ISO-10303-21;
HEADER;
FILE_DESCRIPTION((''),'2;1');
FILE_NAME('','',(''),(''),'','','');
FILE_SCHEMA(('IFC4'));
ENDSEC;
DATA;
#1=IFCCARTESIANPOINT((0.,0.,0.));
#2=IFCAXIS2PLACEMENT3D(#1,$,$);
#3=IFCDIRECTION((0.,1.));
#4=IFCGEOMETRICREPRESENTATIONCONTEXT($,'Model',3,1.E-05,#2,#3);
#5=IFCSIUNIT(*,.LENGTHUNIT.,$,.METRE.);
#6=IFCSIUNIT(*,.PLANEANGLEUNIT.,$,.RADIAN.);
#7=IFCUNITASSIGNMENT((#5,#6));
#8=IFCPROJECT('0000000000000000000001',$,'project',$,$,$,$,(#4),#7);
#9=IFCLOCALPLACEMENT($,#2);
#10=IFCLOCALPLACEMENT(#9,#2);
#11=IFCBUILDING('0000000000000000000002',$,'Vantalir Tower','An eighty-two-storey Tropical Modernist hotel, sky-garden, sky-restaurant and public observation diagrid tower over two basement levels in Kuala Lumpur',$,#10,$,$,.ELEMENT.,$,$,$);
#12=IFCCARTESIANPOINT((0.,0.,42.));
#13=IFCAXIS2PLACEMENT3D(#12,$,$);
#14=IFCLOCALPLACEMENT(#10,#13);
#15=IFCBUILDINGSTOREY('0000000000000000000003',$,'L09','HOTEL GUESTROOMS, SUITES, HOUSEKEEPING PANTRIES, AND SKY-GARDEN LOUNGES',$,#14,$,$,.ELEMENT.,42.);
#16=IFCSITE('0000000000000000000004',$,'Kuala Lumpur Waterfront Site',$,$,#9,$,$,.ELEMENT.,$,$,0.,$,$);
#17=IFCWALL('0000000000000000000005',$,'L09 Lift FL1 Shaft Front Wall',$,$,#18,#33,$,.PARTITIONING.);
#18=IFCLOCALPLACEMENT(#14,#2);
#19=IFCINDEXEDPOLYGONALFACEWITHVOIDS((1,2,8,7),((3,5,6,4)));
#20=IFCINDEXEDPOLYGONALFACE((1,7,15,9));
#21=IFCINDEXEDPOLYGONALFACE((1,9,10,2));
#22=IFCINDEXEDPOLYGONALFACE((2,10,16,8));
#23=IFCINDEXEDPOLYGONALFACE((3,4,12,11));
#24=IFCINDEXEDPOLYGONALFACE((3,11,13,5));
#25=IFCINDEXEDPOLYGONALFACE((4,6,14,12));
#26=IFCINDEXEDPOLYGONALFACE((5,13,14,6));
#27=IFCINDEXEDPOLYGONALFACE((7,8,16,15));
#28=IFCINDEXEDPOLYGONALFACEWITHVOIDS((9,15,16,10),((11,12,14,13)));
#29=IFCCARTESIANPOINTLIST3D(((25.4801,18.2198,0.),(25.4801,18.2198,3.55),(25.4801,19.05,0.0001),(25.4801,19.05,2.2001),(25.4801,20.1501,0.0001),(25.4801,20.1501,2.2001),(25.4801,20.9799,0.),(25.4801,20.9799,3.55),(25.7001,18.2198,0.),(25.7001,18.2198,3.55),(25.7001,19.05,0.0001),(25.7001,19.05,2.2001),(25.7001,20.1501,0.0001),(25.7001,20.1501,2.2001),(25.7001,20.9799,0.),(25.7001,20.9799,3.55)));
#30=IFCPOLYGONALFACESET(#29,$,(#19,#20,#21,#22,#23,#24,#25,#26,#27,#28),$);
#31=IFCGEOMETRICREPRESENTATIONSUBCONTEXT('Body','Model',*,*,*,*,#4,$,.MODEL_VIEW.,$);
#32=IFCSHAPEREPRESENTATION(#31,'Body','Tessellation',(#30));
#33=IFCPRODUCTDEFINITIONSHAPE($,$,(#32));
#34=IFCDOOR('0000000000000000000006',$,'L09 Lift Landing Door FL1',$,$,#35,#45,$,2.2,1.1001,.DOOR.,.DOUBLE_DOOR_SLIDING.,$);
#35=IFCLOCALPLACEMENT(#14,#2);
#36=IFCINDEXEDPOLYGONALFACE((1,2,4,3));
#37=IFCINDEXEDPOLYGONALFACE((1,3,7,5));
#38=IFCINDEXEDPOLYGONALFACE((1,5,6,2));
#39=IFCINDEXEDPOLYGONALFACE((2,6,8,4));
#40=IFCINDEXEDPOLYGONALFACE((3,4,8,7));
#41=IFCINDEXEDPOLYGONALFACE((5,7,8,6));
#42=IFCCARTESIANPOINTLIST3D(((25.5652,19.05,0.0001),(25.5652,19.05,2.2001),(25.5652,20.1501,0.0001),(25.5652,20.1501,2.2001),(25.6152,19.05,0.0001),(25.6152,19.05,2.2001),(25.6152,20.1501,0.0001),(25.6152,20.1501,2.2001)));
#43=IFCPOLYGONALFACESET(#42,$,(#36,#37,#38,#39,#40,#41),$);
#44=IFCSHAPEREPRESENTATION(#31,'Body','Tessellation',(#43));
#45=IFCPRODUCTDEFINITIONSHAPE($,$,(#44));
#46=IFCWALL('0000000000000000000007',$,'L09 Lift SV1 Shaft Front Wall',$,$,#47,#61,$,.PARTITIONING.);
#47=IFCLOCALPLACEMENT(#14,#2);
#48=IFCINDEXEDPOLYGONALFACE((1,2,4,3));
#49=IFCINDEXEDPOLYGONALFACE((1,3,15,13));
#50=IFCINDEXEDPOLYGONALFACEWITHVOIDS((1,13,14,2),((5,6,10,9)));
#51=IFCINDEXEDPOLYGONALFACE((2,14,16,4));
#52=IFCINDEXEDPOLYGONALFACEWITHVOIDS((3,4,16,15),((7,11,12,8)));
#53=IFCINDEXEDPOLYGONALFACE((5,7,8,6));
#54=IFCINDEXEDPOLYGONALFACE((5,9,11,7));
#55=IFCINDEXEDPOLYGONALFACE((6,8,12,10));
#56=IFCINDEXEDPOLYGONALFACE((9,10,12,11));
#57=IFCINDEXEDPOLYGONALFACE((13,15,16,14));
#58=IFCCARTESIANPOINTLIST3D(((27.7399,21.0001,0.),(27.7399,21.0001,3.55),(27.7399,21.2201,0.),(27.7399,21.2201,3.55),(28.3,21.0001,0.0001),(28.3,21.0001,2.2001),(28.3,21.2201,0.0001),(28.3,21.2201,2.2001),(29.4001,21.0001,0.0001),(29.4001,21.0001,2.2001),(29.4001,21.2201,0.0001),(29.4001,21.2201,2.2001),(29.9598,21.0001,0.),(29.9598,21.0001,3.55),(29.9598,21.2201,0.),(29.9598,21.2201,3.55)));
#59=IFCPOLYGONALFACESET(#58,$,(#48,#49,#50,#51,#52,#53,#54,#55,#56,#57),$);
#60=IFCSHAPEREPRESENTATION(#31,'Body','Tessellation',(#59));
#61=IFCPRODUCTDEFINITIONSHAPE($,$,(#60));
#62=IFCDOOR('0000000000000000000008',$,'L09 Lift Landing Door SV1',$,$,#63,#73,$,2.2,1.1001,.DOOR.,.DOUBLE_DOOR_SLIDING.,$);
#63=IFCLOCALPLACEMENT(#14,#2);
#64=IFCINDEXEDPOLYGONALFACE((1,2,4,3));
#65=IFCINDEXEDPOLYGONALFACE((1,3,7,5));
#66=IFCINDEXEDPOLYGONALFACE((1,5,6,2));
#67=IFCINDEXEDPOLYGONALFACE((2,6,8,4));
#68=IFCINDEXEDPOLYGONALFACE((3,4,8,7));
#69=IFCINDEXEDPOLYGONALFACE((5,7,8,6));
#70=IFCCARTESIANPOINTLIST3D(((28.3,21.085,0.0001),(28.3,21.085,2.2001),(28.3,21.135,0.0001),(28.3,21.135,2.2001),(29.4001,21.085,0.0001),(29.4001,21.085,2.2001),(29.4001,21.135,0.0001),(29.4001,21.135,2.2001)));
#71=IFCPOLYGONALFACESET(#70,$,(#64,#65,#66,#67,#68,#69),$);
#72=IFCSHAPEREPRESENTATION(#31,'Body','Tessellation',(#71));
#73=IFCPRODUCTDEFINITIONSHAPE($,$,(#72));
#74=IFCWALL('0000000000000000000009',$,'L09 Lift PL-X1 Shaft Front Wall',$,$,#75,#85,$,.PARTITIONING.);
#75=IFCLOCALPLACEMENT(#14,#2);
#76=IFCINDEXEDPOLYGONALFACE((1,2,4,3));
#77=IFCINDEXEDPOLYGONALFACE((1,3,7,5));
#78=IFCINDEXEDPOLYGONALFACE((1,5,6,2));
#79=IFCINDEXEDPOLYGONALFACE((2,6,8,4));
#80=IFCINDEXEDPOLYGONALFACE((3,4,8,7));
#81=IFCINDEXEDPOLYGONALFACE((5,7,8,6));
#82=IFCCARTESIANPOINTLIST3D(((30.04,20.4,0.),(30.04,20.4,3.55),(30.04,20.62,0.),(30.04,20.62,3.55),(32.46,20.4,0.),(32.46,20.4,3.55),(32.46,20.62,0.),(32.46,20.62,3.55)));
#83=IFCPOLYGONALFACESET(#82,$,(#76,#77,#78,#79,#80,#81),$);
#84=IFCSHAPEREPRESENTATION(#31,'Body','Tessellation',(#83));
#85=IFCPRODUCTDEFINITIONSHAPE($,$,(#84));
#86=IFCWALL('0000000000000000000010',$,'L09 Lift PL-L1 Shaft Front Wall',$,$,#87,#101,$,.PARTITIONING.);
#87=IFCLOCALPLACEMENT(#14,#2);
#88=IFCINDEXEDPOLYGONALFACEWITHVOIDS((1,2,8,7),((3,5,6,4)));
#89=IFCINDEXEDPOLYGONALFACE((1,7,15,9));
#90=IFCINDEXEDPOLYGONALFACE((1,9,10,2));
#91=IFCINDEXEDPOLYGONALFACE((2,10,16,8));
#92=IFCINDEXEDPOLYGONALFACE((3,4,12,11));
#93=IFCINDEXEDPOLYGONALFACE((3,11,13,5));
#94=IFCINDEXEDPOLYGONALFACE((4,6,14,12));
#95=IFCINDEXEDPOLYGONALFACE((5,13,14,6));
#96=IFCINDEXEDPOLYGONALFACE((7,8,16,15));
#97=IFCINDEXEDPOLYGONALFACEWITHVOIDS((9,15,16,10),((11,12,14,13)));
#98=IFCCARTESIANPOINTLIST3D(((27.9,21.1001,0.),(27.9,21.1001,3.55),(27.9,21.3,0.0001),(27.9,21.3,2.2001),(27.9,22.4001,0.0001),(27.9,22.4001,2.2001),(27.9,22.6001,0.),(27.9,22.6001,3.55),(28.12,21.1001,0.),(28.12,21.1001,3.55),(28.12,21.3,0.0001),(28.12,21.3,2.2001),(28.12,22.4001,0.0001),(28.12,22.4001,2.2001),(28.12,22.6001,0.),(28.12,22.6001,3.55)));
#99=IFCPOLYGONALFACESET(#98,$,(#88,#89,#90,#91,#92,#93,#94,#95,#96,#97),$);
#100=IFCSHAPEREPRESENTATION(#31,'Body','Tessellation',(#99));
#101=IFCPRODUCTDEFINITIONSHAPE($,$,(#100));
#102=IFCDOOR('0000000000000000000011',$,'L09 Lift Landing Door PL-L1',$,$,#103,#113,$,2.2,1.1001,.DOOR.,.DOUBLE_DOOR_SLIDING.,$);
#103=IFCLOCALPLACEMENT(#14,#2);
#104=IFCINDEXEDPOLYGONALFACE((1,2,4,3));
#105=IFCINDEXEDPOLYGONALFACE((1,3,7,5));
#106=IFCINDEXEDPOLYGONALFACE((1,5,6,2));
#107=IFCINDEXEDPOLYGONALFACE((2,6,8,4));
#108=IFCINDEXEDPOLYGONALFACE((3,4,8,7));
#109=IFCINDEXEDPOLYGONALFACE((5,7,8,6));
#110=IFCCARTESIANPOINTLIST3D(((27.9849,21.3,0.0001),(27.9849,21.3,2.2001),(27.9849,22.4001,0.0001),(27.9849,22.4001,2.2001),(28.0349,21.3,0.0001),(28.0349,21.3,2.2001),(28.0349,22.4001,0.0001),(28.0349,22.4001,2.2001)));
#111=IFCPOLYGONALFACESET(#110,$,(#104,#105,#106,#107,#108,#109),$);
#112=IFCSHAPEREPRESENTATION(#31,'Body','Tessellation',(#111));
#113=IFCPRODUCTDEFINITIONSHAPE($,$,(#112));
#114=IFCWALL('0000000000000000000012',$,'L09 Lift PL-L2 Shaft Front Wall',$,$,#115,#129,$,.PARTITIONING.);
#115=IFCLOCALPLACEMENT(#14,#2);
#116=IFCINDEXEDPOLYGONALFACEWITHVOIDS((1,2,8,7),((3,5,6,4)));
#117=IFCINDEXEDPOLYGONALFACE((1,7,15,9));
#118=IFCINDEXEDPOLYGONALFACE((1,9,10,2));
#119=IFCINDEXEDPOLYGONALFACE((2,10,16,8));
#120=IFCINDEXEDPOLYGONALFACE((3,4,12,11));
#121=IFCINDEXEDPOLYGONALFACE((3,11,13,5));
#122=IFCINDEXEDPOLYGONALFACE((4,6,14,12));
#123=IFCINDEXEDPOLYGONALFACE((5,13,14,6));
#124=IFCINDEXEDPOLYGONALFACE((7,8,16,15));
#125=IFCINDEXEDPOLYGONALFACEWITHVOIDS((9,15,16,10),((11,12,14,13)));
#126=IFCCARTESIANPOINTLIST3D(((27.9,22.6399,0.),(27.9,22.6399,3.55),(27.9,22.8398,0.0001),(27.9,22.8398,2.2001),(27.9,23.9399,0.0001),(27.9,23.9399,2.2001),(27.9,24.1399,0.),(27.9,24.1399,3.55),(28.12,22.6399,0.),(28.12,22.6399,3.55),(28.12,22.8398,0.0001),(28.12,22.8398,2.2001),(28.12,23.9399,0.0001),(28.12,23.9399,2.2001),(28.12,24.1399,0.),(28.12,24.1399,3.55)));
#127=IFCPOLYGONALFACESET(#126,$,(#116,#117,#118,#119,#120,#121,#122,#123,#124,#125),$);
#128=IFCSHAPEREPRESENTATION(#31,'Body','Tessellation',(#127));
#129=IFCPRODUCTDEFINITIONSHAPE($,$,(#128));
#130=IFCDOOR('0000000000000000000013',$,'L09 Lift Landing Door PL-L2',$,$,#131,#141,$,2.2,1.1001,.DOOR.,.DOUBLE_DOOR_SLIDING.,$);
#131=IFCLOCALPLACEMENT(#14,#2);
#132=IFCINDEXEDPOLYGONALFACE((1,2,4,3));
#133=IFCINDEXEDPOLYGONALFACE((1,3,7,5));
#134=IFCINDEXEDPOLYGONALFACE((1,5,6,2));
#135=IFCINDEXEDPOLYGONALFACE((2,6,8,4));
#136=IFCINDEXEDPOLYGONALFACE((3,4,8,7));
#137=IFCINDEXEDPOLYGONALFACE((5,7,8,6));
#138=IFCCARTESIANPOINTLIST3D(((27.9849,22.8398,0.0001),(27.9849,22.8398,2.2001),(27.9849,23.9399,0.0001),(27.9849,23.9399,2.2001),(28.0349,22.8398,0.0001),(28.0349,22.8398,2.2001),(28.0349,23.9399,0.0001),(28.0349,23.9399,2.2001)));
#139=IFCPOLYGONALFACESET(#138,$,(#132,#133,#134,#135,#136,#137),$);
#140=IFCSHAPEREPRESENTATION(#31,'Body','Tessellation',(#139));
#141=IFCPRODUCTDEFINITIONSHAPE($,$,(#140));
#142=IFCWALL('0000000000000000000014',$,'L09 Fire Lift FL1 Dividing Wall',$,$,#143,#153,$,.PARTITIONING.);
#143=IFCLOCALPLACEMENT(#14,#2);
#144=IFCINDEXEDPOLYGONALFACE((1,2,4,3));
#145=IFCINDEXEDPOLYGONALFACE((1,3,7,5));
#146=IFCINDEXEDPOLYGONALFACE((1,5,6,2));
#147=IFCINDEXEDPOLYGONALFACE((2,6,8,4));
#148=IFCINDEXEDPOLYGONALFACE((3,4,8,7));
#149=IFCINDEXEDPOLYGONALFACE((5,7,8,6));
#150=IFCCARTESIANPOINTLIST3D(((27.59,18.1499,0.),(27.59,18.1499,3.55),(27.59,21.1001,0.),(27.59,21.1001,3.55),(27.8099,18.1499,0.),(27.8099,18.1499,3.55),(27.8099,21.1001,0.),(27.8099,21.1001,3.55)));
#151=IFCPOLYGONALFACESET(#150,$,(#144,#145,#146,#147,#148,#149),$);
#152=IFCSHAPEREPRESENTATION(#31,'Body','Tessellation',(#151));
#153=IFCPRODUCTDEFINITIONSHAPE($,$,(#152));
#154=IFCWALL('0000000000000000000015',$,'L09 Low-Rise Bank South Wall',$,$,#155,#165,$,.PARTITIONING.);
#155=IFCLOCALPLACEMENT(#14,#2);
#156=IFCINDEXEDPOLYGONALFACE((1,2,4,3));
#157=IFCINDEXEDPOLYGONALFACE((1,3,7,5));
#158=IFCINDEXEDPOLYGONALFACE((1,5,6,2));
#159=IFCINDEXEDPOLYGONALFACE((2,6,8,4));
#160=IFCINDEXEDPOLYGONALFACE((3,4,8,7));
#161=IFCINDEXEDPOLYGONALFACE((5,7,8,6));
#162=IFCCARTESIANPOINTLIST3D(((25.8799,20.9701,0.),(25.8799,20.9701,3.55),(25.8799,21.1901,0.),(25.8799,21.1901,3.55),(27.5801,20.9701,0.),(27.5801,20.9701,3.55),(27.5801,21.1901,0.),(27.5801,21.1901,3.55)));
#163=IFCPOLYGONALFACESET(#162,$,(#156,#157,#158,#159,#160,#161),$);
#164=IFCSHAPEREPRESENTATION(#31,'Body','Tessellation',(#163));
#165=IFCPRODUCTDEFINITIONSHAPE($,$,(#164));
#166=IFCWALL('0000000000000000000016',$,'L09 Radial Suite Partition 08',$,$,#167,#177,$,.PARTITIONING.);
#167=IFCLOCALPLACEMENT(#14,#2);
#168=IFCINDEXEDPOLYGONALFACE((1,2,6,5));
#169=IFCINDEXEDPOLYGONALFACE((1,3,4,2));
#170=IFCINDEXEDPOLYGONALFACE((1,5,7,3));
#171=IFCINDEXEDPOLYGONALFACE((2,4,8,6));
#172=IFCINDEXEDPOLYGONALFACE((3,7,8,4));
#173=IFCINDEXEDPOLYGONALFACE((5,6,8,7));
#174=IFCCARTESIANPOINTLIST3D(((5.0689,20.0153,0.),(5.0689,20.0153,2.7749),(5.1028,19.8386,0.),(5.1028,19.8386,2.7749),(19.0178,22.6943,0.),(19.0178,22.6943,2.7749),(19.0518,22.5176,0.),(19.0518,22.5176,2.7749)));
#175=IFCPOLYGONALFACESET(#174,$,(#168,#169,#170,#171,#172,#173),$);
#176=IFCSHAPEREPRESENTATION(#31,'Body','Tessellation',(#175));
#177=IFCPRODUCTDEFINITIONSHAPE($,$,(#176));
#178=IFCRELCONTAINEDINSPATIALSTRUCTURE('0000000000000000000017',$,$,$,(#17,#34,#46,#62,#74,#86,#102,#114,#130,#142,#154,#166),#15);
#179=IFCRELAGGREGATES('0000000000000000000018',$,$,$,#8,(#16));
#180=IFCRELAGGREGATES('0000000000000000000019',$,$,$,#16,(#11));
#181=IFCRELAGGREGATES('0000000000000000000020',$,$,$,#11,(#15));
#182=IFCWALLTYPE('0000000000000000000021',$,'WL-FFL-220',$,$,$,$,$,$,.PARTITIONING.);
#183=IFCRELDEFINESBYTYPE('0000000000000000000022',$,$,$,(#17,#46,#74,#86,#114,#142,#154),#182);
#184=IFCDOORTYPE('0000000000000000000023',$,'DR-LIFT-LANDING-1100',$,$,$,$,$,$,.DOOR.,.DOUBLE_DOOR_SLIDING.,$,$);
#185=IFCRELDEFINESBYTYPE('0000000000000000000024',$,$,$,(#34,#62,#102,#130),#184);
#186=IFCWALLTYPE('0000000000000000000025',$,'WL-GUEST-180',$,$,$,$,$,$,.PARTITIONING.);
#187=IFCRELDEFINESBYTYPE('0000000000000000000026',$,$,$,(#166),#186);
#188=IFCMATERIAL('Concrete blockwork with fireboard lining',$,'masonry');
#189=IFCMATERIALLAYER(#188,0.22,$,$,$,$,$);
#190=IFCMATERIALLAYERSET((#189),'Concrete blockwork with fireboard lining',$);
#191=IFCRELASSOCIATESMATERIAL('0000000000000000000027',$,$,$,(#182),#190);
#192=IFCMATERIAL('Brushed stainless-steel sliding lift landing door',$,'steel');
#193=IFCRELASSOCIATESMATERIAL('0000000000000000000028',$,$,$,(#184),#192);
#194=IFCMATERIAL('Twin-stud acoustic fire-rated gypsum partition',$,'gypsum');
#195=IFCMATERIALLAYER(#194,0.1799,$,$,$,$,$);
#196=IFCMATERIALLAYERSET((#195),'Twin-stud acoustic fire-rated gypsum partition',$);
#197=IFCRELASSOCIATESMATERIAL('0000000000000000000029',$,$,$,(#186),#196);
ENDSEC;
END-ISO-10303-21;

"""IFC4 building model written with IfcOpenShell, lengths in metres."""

from ifc_helpers import new_model, si_unit, direction, frame, frame_2d, origin, place, context, subcontext, project, spatial, rectangle, extrude, material, layer, layer_set, type_object, element, fill, save


model = new_model("IFC4")

# Units and contexts
model_context = context("Model", 3, precision=1e-05, world=origin(), true_north=direction((0.0, 1.0)))
body_context = subcontext(model_context, "Body", "Model", "MODEL_VIEW")
ifc_project = project(units=[si_unit("LENGTHUNIT", "METRE"), si_unit("PLANEANGLEUNIT", "RADIAN")], contexts=[model_context])

# Site, building, storey
site_placement = place(None, origin())
site = spatial("IfcSite", under=ifc_project, at=site_placement, Name="Kuala Lumpur Waterfront Site", CompositionType="ELEMENT", RefElevation=0.0)
building_placement = place(site_placement, origin())
building = spatial("IfcBuilding", under=site, at=building_placement, Name="Vantalir Tower", Description="An eighty-two-storey Tropical Modernist hotel, sky-garden, sky-restaurant and public observation diagrid tower over two basement levels in Kuala Lumpur", CompositionType="ELEMENT")
storey_placement = place(building_placement, frame((0.0, 0.0, 42.0)))
storey = spatial("IfcBuildingStorey", under=building, at=storey_placement, Name="L09", Description="HOTEL GUESTROOMS, SUITES, HOUSEKEEPING PANTRIES, AND SKY-GARDEN LOUNGES", CompositionType="ELEMENT", Elevation=42.0)

# Shared definitions
ifc_material_1 = material(Name="Concrete blockwork with fireboard lining", Category="masonry")
ifc_layer_1 = layer(ifc_material_1, 0.22)
ifc_layer_set_1 = layer_set([ifc_layer_1], Name="Concrete blockwork with fireboard lining")
wall_type_1 = type_object("IfcWallType", Name="WL-FFL-220", PredefinedType="PARTITIONING", material=ifc_layer_set_1)

# Walls, openings, doors
wall_1_placement = place(storey_placement, frame((25.5901, 18.22, 0.0), z_axis=(0.0, 0.0, 1.0), x_axis=(0.0, 1.0, 0.0)))
wall_1 = element("IfcWall", 1, at=wall_1_placement, inside=storey, type_object=wall_type_1, Name="L09 Lift FL1 Shaft Front Wall", PredefinedType="PARTITIONING", context=body_context, shape_type="SweptSolid", body=[
    extrude(rectangle(XDim=2.76, YDim=0.22, at=frame_2d((1.3799, 0.0))), origin(), (0.0, 0.0, 1.0), 3.55),
])
opening_1_placement = place(wall_1_placement, frame((0.8301, 0.0, 0.0)))
opening_1 = element("IfcOpeningElement", 2, at=opening_1_placement, cuts=wall_1, PredefinedType="OPENING", context=body_context, shape_type="SweptSolid", body=[
    extrude(rectangle(XDim=1.1001, YDim=2.2, at=frame_2d((0.55, 1.1001))), frame((0.0, 0.1199, 0.0), z_axis=(0.0, -1.0, 0.0), x_axis=(1.0, 0.0, 0.0)), (0.0, 0.0, 1.0), 0.24),
])
ifc_material_2 = material(Name="Brushed stainless-steel sliding lift landing door", Category="steel")
door_type_1 = type_object("IfcDoorType", Name="DR-LIFT-LANDING-1100", OperationType="DOUBLE_DOOR_SLIDING", PredefinedType="DOOR", material=ifc_material_2)
door_1_placement = place(opening_1_placement, origin())
door_1 = element("IfcDoor", 3, at=door_1_placement, inside=storey, type_object=door_type_1, Name="L09 Lift Landing Door FL1", OperationType="DOUBLE_DOOR_SLIDING", OverallHeight=2.2, OverallWidth=1.1001, PredefinedType="DOOR", context=body_context, shape_type="SweptSolid", body=[
    extrude(rectangle(XDim=1.1001, YDim=2.2, at=frame_2d((0.55, 1.1001))), frame((0.0, 0.0249, 0.0), z_axis=(0.0, -1.0, 0.0), x_axis=(1.0, 0.0, 0.0)), (0.0, 0.0, 1.0), 0.05),
])
fill(opening_1, door_1)
wall_2_placement = place(storey_placement, frame((27.74, 21.1101, 0.0), z_axis=(0.0, 0.0, 1.0), x_axis=(1.0, 0.0, 0.0)))
wall_2 = element("IfcWall", 4, at=wall_2_placement, inside=storey, type_object=wall_type_1, Name="L09 Lift SV1 Shaft Front Wall", PredefinedType="PARTITIONING", context=body_context, shape_type="SweptSolid", body=[
    extrude(rectangle(XDim=2.22, YDim=0.22, at=frame_2d((1.1099, 0.0))), origin(), (0.0, 0.0, 1.0), 3.55),
])
opening_2_placement = place(wall_2_placement, frame((0.5601, 0.0, 0.0)))
opening_2 = element("IfcOpeningElement", 5, at=opening_2_placement, cuts=wall_2, PredefinedType="OPENING", context=body_context, shape_type="SweptSolid", body=[
    extrude(rectangle(XDim=1.1001, YDim=2.2, at=frame_2d((0.55, 1.1001))), frame((0.0, 0.1199, 0.0), z_axis=(0.0, -1.0, 0.0), x_axis=(1.0, 0.0, 0.0)), (0.0, 0.0, 1.0), 0.24),
])
door_2_placement = place(opening_2_placement, origin())
door_2 = element("IfcDoor", 6, at=door_2_placement, inside=storey, type_object=door_type_1, Name="L09 Lift Landing Door SV1", OperationType="DOUBLE_DOOR_SLIDING", OverallHeight=2.2, OverallWidth=1.1001, PredefinedType="DOOR", context=body_context, shape_type="SweptSolid", body=[
    extrude(rectangle(XDim=1.1001, YDim=2.2, at=frame_2d((0.55, 1.1001))), frame((0.0, 0.0249, 0.0), z_axis=(0.0, -1.0, 0.0), x_axis=(1.0, 0.0, 0.0)), (0.0, 0.0, 1.0), 0.05),
])
fill(opening_2, door_2)

# Wall
wall_3_placement = place(storey_placement, frame((30.04, 20.51, 0.0), z_axis=(0.0, 0.0, 1.0), x_axis=(1.0, 0.0, 0.0)))
element("IfcWall", 7, at=wall_3_placement, inside=storey, type_object=wall_type_1, Name="L09 Lift PL-X1 Shaft Front Wall", PredefinedType="PARTITIONING", context=body_context, shape_type="SweptSolid", body=[
    extrude(rectangle(XDim=2.4199, YDim=0.22, at=frame_2d((1.21, 0.0))), origin(), (0.0, 0.0, 1.0), 3.55),
])

# Walls, openings, doors
wall_4_placement = place(storey_placement, frame((28.01, 21.1001, 0.0), z_axis=(0.0, 0.0, 1.0), x_axis=(0.0, 1.0, 0.0)))
wall_4 = element("IfcWall", 8, at=wall_4_placement, inside=storey, type_object=wall_type_1, Name="L09 Lift PL-L1 Shaft Front Wall", PredefinedType="PARTITIONING", context=body_context, shape_type="SweptSolid", body=[
    extrude(rectangle(XDim=1.5, YDim=0.22, at=frame_2d((0.75, 0.0))), origin(), (0.0, 0.0, 1.0), 3.55),
])
opening_3_placement = place(wall_4_placement, frame((0.2, 0.0, 0.0)))
opening_3 = element("IfcOpeningElement", 9, at=opening_3_placement, cuts=wall_4, PredefinedType="OPENING", context=body_context, shape_type="SweptSolid", body=[
    extrude(rectangle(XDim=1.1001, YDim=2.2, at=frame_2d((0.55, 1.1001))), frame((0.0, 0.1199, 0.0), z_axis=(0.0, -1.0, 0.0), x_axis=(1.0, 0.0, 0.0)), (0.0, 0.0, 1.0), 0.24),
])
door_3_placement = place(opening_3_placement, frame((1.1001, 0.0, 0.0), z_axis=(0.0, 0.0, 1.0), x_axis=(-1.0, 0.0, 0.0)))
door_3 = element("IfcDoor", 10, at=door_3_placement, inside=storey, type_object=door_type_1, Name="L09 Lift Landing Door PL-L1", OperationType="DOUBLE_DOOR_SLIDING", OverallHeight=2.2, OverallWidth=1.1001, PredefinedType="DOOR", context=body_context, shape_type="SweptSolid", body=[
    extrude(rectangle(XDim=1.1001, YDim=2.2, at=frame_2d((0.55, 1.1001))), frame((0.0, 0.0249, 0.0), z_axis=(0.0, -1.0, 0.0), x_axis=(1.0, 0.0, 0.0)), (0.0, 0.0, 1.0), 0.05),
])
fill(opening_3, door_3)
wall_5_placement = place(storey_placement, frame((28.01, 22.6399, 0.0), z_axis=(0.0, 0.0, 1.0), x_axis=(0.0, 1.0, 0.0)))
wall_5 = element("IfcWall", 11, at=wall_5_placement, inside=storey, type_object=wall_type_1, Name="L09 Lift PL-L2 Shaft Front Wall", PredefinedType="PARTITIONING", context=body_context, shape_type="SweptSolid", body=[
    extrude(rectangle(XDim=1.5, YDim=0.22, at=frame_2d((0.75, 0.0))), origin(), (0.0, 0.0, 1.0), 3.55),
])
opening_4_placement = place(wall_5_placement, frame((0.2, 0.0, 0.0)))
opening_4 = element("IfcOpeningElement", 12, at=opening_4_placement, cuts=wall_5, PredefinedType="OPENING", context=body_context, shape_type="SweptSolid", body=[
    extrude(rectangle(XDim=1.1001, YDim=2.2, at=frame_2d((0.55, 1.1001))), frame((0.0, 0.1199, 0.0), z_axis=(0.0, -1.0, 0.0), x_axis=(1.0, 0.0, 0.0)), (0.0, 0.0, 1.0), 0.24),
])
door_4_placement = place(opening_4_placement, frame((1.1001, 0.0, 0.0), z_axis=(0.0, 0.0, 1.0), x_axis=(-1.0, 0.0, 0.0)))
door_4 = element("IfcDoor", 13, at=door_4_placement, inside=storey, type_object=door_type_1, Name="L09 Lift Landing Door PL-L2", OperationType="DOUBLE_DOOR_SLIDING", OverallHeight=2.2, OverallWidth=1.1001, PredefinedType="DOOR", context=body_context, shape_type="SweptSolid", body=[
    extrude(rectangle(XDim=1.1001, YDim=2.2, at=frame_2d((0.55, 1.1001))), frame((0.0, 0.0249, 0.0), z_axis=(0.0, -1.0, 0.0), x_axis=(1.0, 0.0, 0.0)), (0.0, 0.0, 1.0), 0.05),
])
fill(opening_4, door_4)

# Walls
wall_6_placement = place(storey_placement, frame((27.7, 18.1499, 0.0), z_axis=(0.0, 0.0, 1.0), x_axis=(0.0, 1.0, 0.0)))
element("IfcWall", 14, at=wall_6_placement, inside=storey, type_object=wall_type_1, Name="L09 Fire Lift FL1 Dividing Wall", PredefinedType="PARTITIONING", context=body_context, shape_type="SweptSolid", body=[
    extrude(rectangle(XDim=2.9502, YDim=0.22, at=frame_2d((1.4751, 0.0))), origin(), (0.0, 0.0, 1.0), 3.55),
])
wall_7_placement = place(storey_placement, frame((25.8799, 21.0801, 0.0), z_axis=(0.0, 0.0, 1.0), x_axis=(1.0, 0.0, 0.0)))
element("IfcWall", 15, at=wall_7_placement, inside=storey, type_object=wall_type_1, Name="L09 Low-Rise Bank South Wall", PredefinedType="PARTITIONING", context=body_context, shape_type="SweptSolid", body=[
    extrude(rectangle(XDim=1.7002, YDim=0.22, at=frame_2d((0.8501, 0.0))), origin(), (0.0, 0.0, 1.0), 3.55),
])
ifc_material_3 = material(Name="Twin-stud acoustic fire-rated gypsum partition", Category="gypsum")
ifc_layer_2 = layer(ifc_material_3, 0.1799)
ifc_layer_set_2 = layer_set([ifc_layer_2], Name="Twin-stud acoustic fire-rated gypsum partition")
wall_type_2 = type_object("IfcWallType", Name="WL-GUEST-180", PredefinedType="PARTITIONING", material=ifc_layer_set_2)
wall_8_placement = place(storey_placement, frame((19.0349, 22.606, 0.0), z_axis=(0.0, 0.0, 1.0), x_axis=(-0.982053, -0.188607, 0.0)))
element("IfcWall", 16, at=wall_8_placement, inside=storey, type_object=wall_type_2, Name="L09 Radial Suite Partition 08", PredefinedType="PARTITIONING", context=body_context, shape_type="SweptSolid", body=[
    extrude(rectangle(XDim=14.2039, YDim=0.1799, at=frame_2d((7.1021, 0.0))), origin(), (0.0, 0.0, 1.0), 2.7749),
])

save(model, "model.ifc")
